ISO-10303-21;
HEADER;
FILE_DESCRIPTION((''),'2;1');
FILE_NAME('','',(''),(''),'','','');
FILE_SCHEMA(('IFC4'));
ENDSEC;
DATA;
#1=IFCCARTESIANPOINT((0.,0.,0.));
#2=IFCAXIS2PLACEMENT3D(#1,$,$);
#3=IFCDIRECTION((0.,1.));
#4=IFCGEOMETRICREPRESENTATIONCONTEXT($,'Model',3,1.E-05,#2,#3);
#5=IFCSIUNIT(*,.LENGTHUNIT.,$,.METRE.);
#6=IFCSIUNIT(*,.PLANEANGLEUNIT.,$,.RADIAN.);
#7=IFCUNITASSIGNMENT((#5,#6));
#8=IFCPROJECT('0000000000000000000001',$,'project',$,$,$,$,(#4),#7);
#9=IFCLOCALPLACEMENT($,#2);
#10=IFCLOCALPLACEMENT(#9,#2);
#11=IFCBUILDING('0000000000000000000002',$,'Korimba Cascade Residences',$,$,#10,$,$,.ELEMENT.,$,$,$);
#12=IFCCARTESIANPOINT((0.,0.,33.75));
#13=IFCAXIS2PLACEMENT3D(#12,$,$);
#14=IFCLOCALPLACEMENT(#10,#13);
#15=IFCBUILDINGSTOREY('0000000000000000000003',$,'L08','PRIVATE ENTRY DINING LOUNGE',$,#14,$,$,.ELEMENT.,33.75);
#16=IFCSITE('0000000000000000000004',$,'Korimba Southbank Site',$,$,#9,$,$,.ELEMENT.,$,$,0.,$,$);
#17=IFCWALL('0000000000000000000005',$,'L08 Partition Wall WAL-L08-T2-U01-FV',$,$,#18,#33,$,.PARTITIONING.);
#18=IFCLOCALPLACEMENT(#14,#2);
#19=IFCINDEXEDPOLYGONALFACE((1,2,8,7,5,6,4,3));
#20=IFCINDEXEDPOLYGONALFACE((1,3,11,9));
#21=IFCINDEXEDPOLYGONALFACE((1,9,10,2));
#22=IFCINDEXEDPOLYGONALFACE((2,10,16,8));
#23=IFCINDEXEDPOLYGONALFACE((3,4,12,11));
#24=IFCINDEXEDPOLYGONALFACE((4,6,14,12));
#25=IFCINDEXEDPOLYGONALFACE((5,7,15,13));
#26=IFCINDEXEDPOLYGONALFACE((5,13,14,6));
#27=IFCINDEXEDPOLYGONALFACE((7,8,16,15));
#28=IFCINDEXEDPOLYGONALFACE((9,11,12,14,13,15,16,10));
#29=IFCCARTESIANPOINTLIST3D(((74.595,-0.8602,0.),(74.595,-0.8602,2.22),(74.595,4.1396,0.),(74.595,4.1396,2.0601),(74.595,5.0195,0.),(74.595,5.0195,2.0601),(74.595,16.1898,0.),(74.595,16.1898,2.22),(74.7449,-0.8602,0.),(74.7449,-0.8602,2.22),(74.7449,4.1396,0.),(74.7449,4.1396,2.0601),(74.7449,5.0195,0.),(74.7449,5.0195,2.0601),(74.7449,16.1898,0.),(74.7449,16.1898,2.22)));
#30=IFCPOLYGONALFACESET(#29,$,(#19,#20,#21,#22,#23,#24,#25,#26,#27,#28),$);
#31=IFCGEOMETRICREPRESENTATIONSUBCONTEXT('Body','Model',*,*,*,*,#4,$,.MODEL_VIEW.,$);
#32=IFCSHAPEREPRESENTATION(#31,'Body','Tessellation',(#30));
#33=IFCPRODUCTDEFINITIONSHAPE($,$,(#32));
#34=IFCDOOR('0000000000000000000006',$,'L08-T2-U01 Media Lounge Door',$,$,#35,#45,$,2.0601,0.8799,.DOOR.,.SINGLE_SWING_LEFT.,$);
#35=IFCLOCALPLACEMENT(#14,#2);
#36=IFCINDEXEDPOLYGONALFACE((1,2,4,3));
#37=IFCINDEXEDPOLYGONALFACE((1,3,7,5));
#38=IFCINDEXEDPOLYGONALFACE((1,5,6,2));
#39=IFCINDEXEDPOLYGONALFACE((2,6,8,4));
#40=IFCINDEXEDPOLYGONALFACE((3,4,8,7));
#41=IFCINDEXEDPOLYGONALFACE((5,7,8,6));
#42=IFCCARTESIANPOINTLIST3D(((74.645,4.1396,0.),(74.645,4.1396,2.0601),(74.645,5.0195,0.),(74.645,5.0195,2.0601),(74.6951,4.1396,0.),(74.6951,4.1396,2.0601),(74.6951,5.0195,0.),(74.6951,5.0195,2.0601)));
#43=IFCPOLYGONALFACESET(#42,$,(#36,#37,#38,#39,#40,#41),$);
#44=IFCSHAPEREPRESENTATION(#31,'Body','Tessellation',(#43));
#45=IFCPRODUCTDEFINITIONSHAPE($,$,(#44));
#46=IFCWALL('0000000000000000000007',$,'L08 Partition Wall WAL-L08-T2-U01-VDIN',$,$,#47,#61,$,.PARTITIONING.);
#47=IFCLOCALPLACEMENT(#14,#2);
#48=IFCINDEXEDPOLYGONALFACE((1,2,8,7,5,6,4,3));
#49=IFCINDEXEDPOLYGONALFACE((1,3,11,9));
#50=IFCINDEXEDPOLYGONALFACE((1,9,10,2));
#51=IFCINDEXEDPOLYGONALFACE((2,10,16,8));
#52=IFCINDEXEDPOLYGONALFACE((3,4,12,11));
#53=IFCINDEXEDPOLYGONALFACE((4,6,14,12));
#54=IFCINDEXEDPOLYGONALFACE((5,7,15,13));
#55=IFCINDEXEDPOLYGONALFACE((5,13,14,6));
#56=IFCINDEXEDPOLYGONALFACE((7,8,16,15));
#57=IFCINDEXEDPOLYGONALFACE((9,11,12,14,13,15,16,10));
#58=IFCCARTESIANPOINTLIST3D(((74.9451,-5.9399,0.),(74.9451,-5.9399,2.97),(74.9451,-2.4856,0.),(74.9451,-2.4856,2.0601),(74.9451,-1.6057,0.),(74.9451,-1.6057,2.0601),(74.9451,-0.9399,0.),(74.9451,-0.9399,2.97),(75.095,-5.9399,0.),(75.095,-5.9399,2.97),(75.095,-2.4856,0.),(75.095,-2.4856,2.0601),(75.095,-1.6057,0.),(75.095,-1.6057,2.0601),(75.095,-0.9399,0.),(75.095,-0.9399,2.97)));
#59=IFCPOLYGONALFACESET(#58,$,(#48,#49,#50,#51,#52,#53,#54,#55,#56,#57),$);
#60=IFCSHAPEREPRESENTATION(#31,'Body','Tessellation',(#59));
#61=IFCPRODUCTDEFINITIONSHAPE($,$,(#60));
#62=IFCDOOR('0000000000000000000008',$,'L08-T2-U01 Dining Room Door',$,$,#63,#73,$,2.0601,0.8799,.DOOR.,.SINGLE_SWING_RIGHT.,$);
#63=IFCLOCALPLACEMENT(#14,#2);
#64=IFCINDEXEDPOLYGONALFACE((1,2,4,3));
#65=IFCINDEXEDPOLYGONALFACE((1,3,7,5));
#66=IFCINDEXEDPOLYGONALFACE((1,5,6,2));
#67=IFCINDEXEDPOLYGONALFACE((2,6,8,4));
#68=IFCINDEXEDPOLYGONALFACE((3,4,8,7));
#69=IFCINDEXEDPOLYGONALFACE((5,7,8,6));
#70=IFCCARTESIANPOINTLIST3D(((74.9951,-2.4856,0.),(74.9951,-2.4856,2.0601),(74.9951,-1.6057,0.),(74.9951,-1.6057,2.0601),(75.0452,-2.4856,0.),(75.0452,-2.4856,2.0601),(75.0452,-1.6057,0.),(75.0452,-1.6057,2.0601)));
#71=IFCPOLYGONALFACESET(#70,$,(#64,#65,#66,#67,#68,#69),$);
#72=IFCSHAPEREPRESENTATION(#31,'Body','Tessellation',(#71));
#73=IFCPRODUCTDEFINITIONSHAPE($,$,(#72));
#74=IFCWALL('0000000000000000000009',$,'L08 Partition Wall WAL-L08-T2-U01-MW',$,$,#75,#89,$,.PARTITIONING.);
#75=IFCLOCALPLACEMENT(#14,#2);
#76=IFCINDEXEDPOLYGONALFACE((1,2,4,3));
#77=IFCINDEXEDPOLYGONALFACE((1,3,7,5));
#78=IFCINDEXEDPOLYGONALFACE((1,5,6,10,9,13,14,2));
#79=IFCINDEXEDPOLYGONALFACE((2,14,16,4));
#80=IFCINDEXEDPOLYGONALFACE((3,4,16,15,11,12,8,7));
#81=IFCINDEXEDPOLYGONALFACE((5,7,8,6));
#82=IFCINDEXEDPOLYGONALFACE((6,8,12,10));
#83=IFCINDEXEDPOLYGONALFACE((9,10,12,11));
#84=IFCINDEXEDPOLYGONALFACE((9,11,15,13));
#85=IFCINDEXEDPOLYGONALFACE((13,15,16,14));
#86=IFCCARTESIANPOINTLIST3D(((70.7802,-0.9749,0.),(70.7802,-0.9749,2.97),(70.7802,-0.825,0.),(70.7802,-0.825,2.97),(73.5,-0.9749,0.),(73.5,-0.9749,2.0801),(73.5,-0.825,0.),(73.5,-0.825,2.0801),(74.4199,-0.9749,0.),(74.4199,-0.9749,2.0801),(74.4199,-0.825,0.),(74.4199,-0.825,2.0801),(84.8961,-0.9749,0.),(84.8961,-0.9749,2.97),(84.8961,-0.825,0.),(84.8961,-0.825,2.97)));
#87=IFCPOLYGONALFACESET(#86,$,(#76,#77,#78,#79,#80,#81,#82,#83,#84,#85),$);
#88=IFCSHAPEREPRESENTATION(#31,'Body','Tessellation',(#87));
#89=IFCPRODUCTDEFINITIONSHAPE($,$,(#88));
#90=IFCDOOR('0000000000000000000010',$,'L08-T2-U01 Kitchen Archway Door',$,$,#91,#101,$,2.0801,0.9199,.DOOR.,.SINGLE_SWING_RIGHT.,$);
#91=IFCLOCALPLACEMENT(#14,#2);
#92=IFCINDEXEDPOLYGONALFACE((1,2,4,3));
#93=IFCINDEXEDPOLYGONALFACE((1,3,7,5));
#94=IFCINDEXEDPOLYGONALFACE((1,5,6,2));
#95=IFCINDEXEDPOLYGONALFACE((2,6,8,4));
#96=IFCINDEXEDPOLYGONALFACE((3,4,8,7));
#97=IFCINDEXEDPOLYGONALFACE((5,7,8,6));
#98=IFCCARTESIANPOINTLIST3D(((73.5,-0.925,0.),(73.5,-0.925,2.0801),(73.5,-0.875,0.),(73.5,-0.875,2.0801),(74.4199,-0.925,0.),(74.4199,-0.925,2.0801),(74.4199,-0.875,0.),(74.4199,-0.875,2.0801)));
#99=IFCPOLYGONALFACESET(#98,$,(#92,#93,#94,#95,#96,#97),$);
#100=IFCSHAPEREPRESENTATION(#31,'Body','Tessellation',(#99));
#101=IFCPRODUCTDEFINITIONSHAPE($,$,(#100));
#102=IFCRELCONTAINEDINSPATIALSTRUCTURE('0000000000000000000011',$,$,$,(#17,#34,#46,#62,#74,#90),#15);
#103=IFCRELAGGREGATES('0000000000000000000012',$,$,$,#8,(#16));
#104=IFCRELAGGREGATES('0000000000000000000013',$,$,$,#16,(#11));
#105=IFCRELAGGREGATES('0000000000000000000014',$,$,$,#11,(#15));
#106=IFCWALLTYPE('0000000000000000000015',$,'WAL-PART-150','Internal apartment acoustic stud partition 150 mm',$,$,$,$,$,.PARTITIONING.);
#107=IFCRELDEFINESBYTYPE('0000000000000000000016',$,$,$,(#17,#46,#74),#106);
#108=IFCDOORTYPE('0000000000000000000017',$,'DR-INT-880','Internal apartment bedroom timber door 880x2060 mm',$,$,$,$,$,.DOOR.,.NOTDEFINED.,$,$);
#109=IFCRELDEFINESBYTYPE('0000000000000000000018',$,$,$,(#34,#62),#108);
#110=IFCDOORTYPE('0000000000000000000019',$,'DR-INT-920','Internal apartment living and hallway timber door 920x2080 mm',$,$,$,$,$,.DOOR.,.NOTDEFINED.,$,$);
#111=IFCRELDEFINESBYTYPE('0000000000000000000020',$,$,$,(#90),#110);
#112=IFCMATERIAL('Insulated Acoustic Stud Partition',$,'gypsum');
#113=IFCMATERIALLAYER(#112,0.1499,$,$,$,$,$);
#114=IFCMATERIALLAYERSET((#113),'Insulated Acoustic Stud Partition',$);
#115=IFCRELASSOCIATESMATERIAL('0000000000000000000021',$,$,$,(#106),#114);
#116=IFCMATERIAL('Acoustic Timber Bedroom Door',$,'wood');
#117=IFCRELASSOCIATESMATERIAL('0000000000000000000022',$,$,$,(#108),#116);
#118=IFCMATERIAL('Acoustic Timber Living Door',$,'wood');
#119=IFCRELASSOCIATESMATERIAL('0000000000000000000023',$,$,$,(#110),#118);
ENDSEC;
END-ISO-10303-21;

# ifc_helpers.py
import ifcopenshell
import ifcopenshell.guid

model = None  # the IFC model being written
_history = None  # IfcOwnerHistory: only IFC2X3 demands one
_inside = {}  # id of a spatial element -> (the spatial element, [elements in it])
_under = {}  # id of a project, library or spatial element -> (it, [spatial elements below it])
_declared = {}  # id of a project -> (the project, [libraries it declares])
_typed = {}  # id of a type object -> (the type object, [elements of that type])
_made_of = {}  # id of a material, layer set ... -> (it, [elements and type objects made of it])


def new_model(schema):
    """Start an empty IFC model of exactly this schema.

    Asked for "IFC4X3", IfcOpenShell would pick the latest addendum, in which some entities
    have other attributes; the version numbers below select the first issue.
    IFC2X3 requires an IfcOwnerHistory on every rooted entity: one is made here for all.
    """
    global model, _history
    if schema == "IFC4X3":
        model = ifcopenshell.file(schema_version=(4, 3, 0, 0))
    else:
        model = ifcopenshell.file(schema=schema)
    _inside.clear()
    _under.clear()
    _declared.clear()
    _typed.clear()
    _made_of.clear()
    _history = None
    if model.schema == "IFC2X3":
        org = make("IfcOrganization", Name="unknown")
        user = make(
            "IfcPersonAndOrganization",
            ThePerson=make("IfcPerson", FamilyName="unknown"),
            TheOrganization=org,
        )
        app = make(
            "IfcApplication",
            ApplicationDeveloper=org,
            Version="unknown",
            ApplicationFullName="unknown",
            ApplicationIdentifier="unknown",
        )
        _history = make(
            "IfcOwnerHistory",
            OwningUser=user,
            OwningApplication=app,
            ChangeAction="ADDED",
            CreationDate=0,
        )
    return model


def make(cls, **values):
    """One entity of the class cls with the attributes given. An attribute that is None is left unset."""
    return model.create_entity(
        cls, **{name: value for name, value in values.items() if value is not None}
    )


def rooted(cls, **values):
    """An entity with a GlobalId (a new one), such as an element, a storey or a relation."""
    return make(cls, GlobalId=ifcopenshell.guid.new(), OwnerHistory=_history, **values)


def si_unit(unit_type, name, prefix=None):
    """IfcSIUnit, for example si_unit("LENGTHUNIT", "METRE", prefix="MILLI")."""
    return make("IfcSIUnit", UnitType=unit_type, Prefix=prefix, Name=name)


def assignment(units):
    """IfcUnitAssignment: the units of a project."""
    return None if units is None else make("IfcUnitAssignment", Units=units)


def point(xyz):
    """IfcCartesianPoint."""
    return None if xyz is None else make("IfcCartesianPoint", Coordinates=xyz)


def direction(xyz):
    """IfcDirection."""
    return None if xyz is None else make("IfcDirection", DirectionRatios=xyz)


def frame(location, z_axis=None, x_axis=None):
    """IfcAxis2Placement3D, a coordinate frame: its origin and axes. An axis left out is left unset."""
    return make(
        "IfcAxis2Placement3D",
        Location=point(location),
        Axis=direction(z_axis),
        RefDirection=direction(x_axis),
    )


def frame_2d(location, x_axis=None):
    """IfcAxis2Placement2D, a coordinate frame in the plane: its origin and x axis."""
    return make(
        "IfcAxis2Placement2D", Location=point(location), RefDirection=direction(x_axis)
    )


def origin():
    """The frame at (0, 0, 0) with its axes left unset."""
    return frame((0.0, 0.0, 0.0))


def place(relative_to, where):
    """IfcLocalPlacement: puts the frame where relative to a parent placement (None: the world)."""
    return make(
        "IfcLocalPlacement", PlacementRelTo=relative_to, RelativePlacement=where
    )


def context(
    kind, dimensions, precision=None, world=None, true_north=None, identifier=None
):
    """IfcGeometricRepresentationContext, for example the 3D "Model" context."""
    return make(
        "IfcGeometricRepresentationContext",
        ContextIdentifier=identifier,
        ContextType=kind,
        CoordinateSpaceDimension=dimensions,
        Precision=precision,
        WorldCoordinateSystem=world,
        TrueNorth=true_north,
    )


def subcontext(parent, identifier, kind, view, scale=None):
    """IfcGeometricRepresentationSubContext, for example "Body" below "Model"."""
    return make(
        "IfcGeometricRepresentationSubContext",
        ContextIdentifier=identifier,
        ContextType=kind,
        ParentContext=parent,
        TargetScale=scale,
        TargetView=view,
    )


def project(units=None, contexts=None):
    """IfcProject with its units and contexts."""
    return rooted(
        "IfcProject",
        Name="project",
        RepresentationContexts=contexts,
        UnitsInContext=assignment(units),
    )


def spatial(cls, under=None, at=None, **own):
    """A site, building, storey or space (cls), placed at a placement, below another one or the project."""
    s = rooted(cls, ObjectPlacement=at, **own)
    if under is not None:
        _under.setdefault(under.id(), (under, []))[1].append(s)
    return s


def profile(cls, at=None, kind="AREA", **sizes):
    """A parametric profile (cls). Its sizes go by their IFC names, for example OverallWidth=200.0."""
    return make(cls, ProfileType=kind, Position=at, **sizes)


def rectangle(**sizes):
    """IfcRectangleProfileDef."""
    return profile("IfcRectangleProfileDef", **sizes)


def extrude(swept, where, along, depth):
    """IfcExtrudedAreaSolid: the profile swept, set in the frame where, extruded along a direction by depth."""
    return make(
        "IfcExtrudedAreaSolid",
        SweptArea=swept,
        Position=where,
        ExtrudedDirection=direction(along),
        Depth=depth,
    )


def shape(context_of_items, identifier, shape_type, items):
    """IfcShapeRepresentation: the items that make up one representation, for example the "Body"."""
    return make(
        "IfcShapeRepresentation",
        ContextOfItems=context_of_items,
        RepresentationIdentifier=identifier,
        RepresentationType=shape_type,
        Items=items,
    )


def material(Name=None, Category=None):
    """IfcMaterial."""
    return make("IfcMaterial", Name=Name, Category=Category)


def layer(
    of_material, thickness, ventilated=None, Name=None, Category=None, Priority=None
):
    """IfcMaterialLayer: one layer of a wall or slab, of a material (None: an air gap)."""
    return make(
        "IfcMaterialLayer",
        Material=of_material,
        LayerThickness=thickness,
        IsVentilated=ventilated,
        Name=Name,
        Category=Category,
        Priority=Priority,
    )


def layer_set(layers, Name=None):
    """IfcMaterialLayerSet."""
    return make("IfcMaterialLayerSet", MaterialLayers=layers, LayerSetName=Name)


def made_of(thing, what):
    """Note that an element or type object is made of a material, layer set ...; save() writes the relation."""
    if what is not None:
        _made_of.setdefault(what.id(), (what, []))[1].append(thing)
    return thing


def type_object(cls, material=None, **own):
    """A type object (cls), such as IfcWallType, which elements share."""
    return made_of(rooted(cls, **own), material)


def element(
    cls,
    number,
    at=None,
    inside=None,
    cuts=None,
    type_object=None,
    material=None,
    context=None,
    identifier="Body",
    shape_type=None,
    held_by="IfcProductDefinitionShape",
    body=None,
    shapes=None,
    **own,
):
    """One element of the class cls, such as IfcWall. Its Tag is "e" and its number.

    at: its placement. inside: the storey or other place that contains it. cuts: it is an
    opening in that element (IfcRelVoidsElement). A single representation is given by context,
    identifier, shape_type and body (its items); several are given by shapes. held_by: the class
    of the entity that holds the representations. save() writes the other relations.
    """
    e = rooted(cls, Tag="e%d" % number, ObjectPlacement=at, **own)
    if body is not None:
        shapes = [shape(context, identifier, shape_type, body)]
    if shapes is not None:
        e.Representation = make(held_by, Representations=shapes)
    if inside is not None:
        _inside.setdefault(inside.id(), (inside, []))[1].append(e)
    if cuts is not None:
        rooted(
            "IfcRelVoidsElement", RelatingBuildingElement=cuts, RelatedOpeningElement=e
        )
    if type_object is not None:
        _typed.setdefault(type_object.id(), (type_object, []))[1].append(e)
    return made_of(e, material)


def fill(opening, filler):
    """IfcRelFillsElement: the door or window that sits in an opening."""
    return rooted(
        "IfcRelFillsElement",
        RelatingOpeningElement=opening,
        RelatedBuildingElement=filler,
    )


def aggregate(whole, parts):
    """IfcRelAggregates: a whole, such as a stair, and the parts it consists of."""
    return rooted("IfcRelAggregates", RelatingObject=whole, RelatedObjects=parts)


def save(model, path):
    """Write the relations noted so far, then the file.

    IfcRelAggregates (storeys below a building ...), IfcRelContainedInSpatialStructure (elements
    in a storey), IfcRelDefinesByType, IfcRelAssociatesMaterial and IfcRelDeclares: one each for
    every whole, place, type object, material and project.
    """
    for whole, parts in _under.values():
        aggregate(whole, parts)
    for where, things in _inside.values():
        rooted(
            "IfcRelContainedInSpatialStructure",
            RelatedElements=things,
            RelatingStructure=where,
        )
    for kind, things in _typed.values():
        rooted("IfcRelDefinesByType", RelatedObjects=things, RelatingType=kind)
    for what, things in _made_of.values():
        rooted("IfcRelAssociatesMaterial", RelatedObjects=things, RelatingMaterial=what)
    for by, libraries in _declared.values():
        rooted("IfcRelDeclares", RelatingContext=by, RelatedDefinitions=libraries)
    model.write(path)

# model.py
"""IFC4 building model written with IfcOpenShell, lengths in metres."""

from ifc_helpers import new_model, si_unit, direction, frame, frame_2d, origin, place, context, subcontext, project, spatial, rectangle, extrude, material, layer, layer_set, type_object, element, fill, save


model = new_model("IFC4")

# Units and contexts
model_context = context("Model", 3, precision=1e-05, world=origin(), true_north=direction((0.0, 1.0)))
body_context = subcontext(model_context, "Body", "Model", "MODEL_VIEW")
ifc_project = project(units=[si_unit("LENGTHUNIT", "METRE"), si_unit("PLANEANGLEUNIT", "RADIAN")], contexts=[model_context])

# Site, building, storey
site_placement = place(None, origin())
site = spatial("IfcSite", under=ifc_project, at=site_placement, Name="Korimba Southbank Site", CompositionType="ELEMENT", RefElevation=0.0)
building_placement = place(site_placement, origin())
building = spatial("IfcBuilding", under=site, at=building_placement, Name="Korimba Cascade Residences", CompositionType="ELEMENT")
storey_placement = place(building_placement, frame((0.0, 0.0, 33.75)))
storey = spatial("IfcBuildingStorey", under=building, at=storey_placement, Name="L08", Description="PRIVATE ENTRY DINING LOUNGE", CompositionType="ELEMENT", Elevation=33.75)

# Shared definitions
ifc_material_1 = material(Name="Insulated Acoustic Stud Partition", Category="gypsum")
ifc_layer_1 = layer(ifc_material_1, 0.1499)
ifc_layer_set_1 = layer_set([ifc_layer_1], Name="Insulated Acoustic Stud Partition")
wall_type_1 = type_object("IfcWallType", Name="WAL-PART-150", Description="Internal apartment acoustic stud partition 150 mm", PredefinedType="PARTITIONING", material=ifc_layer_set_1)
ifc_material_2 = material(Name="Acoustic Timber Bedroom Door", Category="wood")
door_type_1 = type_object("IfcDoorType", Name="DR-INT-880", Description="Internal apartment bedroom timber door 880x2060 mm", OperationType="NOTDEFINED", PredefinedType="DOOR", material=ifc_material_2)

# Walls, openings, doors
wall_1_placement = place(storey_placement, frame((74.6699, -0.8601, 0.0), z_axis=(0.0, 0.0, 1.0), x_axis=(0.0, 1.0, 0.0)))
wall_1 = element("IfcWall", 1, at=wall_1_placement, inside=storey, type_object=wall_type_1, Name="L08 Partition Wall WAL-L08-T2-U01-FV", PredefinedType="PARTITIONING", context=body_context, shape_type="SweptSolid", body=[
    extrude(rectangle(XDim=17.05, YDim=0.1499, at=frame_2d((8.5249, 0.0))), origin(), (0.0, 0.0, 1.0), 2.22),
])
opening_1_placement = place(wall_1_placement, frame((4.9998, 0.0, 0.0)))
opening_1 = element("IfcOpeningElement", 2, at=opening_1_placement, cuts=wall_1, PredefinedType="OPENING", context=body_context, shape_type="SweptSolid", body=[
    extrude(rectangle(XDim=0.8799, YDim=2.0601, at=frame_2d((0.4399, 1.03))), frame((0.0, 0.085, 0.0), z_axis=(0.0, -1.0, 0.0), x_axis=(1.0, 0.0, 0.0)), (0.0, 0.0, 1.0), 0.1699),
])
door_1_placement = place(opening_1_placement, origin())
door_1 = element("IfcDoor", 3, at=door_1_placement, inside=storey, type_object=door_type_1, Name="L08-T2-U01 Media Lounge Door", OperationType="SINGLE_SWING_LEFT", OverallHeight=2.0601, OverallWidth=0.8799, PredefinedType="DOOR", context=body_context, shape_type="SweptSolid", body=[
    extrude(rectangle(XDim=0.8799, YDim=2.0601, at=frame_2d((0.4399, 1.03))), frame((0.0, 0.0249, 0.0), z_axis=(0.0, -1.0, 0.0), x_axis=(1.0, 0.0, 0.0)), (0.0, 0.0, 1.0), 0.05),
])
fill(opening_1, door_1)
wall_2_placement = place(storey_placement, frame((75.02, -5.9399, 0.0), z_axis=(0.0, 0.0, 1.0), x_axis=(0.0, 1.0, 0.0)))
wall_2 = element("IfcWall", 4, at=wall_2_placement, inside=storey, type_object=wall_type_1, Name="L08 Partition Wall WAL-L08-T2-U01-VDIN", PredefinedType="PARTITIONING", context=body_context, shape_type="SweptSolid", body=[
    extrude(rectangle(XDim=5.0, YDim=0.1499, at=frame_2d((2.5, 0.0))), origin(), (0.0, 0.0, 1.0), 2.97),
])
opening_2_placement = place(wall_2_placement, frame((3.4543, 0.0, 0.0)))
opening_2 = element("IfcOpeningElement", 5, at=opening_2_placement, cuts=wall_2, PredefinedType="OPENING", context=body_context, shape_type="SweptSolid", body=[
    extrude(rectangle(XDim=0.8799, YDim=2.0601, at=frame_2d((0.4399, 1.03))), frame((0.0, 0.085, 0.0), z_axis=(0.0, -1.0, 0.0), x_axis=(1.0, 0.0, 0.0)), (0.0, 0.0, 1.0), 0.1699),
])
door_2_placement = place(opening_2_placement, origin())
door_2 = element("IfcDoor", 6, at=door_2_placement, inside=storey, type_object=door_type_1, Name="L08-T2-U01 Dining Room Door", OperationType="SINGLE_SWING_RIGHT", OverallHeight=2.0601, OverallWidth=0.8799, PredefinedType="DOOR", context=body_context, shape_type="SweptSolid", body=[
    extrude(rectangle(XDim=0.8799, YDim=2.0601, at=frame_2d((0.4399, 1.03))), frame((0.0, 0.0249, 0.0), z_axis=(0.0, -1.0, 0.0), x_axis=(1.0, 0.0, 0.0)), (0.0, 0.0, 1.0), 0.05),
])
fill(opening_2, door_2)
wall_3_placement = place(storey_placement, frame((70.78, -0.8999, 0.0), z_axis=(0.0, 0.0, 1.0), x_axis=(1.0, 0.0, 0.0)))
wall_3 = element("IfcWall", 7, at=wall_3_placement, inside=storey, type_object=wall_type_1, Name="L08 Partition Wall WAL-L08-T2-U01-MW", PredefinedType="PARTITIONING", context=body_context, shape_type="SweptSolid", body=[
    extrude(rectangle(XDim=14.116, YDim=0.1499, at=frame_2d((7.0581, 0.0))), origin(), (0.0, 0.0, 1.0), 2.97),
])
opening_3_placement = place(wall_3_placement, frame((2.72, 0.0, 0.0)))
opening_3 = element("IfcOpeningElement", 8, at=opening_3_placement, cuts=wall_3, PredefinedType="OPENING", context=body_context, shape_type="SweptSolid", body=[
    extrude(rectangle(XDim=0.9199, YDim=2.0801, at=frame_2d((0.46, 1.04))), frame((0.0, 0.085, 0.0), z_axis=(0.0, -1.0, 0.0), x_axis=(1.0, 0.0, 0.0)), (0.0, 0.0, 1.0), 0.1699),
])
ifc_material_3 = material(Name="Acoustic Timber Living Door", Category="wood")
door_type_2 = type_object("IfcDoorType", Name="DR-INT-920", Description="Internal apartment living and hallway timber door 920x2080 mm", OperationType="NOTDEFINED", PredefinedType="DOOR", material=ifc_material_3)
door_3_placement = place(opening_3_placement, origin())
door_3 = element("IfcDoor", 9, at=door_3_placement, inside=storey, type_object=door_type_2, Name="L08-T2-U01 Kitchen Archway Door", OperationType="SINGLE_SWING_RIGHT", OverallHeight=2.0801, OverallWidth=0.9199, PredefinedType="DOOR", context=body_context, shape_type="SweptSolid", body=[
    extrude(rectangle(XDim=0.9199, YDim=2.0801, at=frame_2d((0.46, 1.04))), frame((0.0, 0.0249, 0.0), z_axis=(0.0, -1.0, 0.0), x_axis=(1.0, 0.0, 0.0)), (0.0, 0.0, 1.0), 0.05),
])
fill(opening_3, door_3)

save(model, "model.ifc")
